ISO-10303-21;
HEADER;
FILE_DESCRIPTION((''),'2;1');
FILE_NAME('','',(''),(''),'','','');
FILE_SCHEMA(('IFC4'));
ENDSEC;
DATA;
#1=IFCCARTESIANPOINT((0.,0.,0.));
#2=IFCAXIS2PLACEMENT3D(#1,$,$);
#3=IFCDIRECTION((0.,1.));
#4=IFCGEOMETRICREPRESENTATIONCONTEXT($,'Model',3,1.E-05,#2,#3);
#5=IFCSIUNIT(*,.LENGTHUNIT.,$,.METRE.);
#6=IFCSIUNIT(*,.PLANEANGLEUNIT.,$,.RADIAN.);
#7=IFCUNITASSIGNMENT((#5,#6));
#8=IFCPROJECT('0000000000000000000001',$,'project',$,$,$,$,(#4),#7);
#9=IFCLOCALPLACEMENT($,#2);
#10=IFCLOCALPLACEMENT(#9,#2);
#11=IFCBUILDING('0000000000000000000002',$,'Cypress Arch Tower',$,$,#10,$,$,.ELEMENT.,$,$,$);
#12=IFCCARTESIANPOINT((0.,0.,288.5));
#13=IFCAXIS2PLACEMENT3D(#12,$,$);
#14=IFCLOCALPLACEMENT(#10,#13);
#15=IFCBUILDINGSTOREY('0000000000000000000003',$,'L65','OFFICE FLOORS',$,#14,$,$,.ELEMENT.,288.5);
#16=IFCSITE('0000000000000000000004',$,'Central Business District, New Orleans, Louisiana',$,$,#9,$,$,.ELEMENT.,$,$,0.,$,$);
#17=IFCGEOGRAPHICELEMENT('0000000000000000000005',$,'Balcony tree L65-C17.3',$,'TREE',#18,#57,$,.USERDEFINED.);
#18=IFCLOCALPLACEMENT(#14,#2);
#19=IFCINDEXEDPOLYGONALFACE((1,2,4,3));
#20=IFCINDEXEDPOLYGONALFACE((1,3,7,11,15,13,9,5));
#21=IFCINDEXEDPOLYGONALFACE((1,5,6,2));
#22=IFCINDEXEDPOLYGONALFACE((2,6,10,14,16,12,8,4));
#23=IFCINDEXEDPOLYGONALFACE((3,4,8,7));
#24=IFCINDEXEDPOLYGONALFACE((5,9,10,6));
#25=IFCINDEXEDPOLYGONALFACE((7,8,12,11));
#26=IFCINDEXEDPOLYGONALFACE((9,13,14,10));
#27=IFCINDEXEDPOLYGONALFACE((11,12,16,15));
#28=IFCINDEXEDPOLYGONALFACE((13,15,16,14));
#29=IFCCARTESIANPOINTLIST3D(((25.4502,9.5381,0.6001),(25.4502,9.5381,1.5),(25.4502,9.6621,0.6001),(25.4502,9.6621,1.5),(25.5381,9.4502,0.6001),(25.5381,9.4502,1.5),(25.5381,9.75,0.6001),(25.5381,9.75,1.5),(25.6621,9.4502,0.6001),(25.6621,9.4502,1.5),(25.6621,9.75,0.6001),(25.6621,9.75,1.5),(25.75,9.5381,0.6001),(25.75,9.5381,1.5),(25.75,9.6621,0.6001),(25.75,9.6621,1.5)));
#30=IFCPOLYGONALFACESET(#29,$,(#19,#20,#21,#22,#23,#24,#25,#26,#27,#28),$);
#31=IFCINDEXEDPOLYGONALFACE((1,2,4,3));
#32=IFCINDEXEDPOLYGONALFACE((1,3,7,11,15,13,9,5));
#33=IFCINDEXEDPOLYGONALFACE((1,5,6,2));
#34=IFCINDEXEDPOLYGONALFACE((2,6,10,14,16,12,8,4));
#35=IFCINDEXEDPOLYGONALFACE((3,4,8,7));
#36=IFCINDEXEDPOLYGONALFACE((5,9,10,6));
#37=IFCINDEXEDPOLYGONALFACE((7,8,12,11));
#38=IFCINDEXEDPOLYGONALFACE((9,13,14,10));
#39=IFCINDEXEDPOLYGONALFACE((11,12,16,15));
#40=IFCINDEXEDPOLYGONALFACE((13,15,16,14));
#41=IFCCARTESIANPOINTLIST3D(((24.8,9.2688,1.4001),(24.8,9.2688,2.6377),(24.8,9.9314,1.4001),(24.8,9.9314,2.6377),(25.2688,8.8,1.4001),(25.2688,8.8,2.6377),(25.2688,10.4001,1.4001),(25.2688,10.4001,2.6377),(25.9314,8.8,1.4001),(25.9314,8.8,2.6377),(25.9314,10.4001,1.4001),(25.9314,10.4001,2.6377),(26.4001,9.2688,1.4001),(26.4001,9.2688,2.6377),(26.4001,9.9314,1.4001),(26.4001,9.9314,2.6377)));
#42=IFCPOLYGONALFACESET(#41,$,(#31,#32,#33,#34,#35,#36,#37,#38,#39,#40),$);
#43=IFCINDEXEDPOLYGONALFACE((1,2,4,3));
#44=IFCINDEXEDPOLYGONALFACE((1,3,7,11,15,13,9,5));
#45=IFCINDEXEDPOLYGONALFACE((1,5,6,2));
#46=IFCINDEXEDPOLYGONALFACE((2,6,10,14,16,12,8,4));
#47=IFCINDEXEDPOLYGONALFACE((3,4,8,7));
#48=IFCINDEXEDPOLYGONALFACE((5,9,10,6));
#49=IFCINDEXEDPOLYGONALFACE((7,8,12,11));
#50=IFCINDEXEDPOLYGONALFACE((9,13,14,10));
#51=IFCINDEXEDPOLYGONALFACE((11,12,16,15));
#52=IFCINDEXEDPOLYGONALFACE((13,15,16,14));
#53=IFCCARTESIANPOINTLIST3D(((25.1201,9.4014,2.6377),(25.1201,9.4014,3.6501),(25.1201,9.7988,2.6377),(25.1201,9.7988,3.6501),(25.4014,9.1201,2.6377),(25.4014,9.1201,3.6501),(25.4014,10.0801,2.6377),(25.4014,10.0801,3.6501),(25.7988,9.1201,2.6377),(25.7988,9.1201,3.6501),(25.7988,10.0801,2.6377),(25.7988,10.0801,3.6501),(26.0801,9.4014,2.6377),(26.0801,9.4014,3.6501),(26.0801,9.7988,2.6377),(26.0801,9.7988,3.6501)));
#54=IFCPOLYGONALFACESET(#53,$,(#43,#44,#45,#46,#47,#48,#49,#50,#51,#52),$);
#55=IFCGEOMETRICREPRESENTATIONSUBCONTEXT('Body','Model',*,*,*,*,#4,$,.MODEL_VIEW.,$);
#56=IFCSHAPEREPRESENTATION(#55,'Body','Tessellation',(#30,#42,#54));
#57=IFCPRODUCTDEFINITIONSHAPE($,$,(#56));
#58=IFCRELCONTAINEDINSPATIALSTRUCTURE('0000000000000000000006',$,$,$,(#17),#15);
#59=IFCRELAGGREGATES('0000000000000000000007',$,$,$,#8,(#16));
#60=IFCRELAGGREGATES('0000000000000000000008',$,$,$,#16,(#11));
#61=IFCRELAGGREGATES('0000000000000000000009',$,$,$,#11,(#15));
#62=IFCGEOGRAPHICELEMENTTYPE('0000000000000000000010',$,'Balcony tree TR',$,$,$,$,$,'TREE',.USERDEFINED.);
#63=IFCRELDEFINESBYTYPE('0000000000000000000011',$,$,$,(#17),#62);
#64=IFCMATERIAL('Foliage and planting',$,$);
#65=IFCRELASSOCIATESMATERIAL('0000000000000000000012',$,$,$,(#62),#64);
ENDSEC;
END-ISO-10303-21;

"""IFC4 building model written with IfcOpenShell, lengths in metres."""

from ifc_helpers import new_model, si_unit, direction, frame, origin, place, context, subcontext, project, spatial, polyline, outline, extrude, material, type_object, element, save


model = new_model("IFC4")

# Units and contexts
model_context = context("Model", 3, precision=1e-05, world=origin(), true_north=direction((0.0, 1.0)))
body_context = subcontext(model_context, "Body", "Model", "MODEL_VIEW")
ifc_project = project(units=[si_unit("LENGTHUNIT", "METRE"), si_unit("PLANEANGLEUNIT", "RADIAN")], contexts=[model_context])

# Site, building, storey
site_placement = place(None, origin())
site = spatial("IfcSite", under=ifc_project, at=site_placement, Name="Central Business District, New Orleans, Louisiana", CompositionType="ELEMENT", RefElevation=0.0)
building_placement = place(site_placement, origin())
building = spatial("IfcBuilding", under=site, at=building_placement, Name="Cypress Arch Tower", CompositionType="ELEMENT")
storey_placement = place(building_placement, frame((0.0, 0.0, 288.5)))
storey = spatial("IfcBuildingStorey", under=building, at=storey_placement, Name="L65", Description="OFFICE FLOORS", CompositionType="ELEMENT", Elevation=288.5)

# Geographic element
ifc_material_1 = material(Name="Foliage and planting")
geographic_element_type = type_object("IfcGeographicElementType", Name="Balcony tree TR", ElementType="TREE", PredefinedType="USERDEFINED", material=ifc_material_1)
geographic_element_placement = place(storey_placement, frame((25.6001, 9.6001, 0.6001), z_axis=(0.0, 0.0, 1.0), x_axis=(1.0, 0.0, 0.0)))
element("IfcGeographicElement", 1, at=geographic_element_placement, inside=storey, type_object=geographic_element_type, Name="Balcony tree L65-C17.3", ObjectType="TREE", PredefinedType="USERDEFINED", context=body_context, shape_type="SweptSolid", body=[
    extrude(outline(polyline([(0.1499, 0.062), (0.062, 0.1499), (-0.062, 0.1499), (-0.1499, 0.062), (-0.1499, -0.062), (-0.062, -0.1499), (0.062, -0.1499), (0.1499, -0.062), (0.1499, 0.062)])), origin(), (0.0, 0.0, 1.0), 0.8999),
    extrude(outline(polyline([(0.8, 0.3313), (0.3313, 0.8), (-0.3313, 0.8), (-0.8, 0.3313), (-0.8, -0.3313), (-0.3313, -0.8), (0.3313, -0.8), (0.8, -0.3313), (0.8, 0.3313)])), frame((0.0, 0.0, 0.8)), (0.0, 0.0, 1.0), 1.2375),
    extrude(outline(polyline([(0.48, 0.1987), (0.1987, 0.48), (-0.1987, 0.48), (-0.48, 0.1987), (-0.48, -0.1987), (-0.1987, -0.48), (0.1987, -0.48), (0.48, -0.1987), (0.48, 0.1987)])), frame((0.0, 0.0, 2.0376)), (0.0, 0.0, 1.0), 1.0125),
])

save(model, "model.ifc")
